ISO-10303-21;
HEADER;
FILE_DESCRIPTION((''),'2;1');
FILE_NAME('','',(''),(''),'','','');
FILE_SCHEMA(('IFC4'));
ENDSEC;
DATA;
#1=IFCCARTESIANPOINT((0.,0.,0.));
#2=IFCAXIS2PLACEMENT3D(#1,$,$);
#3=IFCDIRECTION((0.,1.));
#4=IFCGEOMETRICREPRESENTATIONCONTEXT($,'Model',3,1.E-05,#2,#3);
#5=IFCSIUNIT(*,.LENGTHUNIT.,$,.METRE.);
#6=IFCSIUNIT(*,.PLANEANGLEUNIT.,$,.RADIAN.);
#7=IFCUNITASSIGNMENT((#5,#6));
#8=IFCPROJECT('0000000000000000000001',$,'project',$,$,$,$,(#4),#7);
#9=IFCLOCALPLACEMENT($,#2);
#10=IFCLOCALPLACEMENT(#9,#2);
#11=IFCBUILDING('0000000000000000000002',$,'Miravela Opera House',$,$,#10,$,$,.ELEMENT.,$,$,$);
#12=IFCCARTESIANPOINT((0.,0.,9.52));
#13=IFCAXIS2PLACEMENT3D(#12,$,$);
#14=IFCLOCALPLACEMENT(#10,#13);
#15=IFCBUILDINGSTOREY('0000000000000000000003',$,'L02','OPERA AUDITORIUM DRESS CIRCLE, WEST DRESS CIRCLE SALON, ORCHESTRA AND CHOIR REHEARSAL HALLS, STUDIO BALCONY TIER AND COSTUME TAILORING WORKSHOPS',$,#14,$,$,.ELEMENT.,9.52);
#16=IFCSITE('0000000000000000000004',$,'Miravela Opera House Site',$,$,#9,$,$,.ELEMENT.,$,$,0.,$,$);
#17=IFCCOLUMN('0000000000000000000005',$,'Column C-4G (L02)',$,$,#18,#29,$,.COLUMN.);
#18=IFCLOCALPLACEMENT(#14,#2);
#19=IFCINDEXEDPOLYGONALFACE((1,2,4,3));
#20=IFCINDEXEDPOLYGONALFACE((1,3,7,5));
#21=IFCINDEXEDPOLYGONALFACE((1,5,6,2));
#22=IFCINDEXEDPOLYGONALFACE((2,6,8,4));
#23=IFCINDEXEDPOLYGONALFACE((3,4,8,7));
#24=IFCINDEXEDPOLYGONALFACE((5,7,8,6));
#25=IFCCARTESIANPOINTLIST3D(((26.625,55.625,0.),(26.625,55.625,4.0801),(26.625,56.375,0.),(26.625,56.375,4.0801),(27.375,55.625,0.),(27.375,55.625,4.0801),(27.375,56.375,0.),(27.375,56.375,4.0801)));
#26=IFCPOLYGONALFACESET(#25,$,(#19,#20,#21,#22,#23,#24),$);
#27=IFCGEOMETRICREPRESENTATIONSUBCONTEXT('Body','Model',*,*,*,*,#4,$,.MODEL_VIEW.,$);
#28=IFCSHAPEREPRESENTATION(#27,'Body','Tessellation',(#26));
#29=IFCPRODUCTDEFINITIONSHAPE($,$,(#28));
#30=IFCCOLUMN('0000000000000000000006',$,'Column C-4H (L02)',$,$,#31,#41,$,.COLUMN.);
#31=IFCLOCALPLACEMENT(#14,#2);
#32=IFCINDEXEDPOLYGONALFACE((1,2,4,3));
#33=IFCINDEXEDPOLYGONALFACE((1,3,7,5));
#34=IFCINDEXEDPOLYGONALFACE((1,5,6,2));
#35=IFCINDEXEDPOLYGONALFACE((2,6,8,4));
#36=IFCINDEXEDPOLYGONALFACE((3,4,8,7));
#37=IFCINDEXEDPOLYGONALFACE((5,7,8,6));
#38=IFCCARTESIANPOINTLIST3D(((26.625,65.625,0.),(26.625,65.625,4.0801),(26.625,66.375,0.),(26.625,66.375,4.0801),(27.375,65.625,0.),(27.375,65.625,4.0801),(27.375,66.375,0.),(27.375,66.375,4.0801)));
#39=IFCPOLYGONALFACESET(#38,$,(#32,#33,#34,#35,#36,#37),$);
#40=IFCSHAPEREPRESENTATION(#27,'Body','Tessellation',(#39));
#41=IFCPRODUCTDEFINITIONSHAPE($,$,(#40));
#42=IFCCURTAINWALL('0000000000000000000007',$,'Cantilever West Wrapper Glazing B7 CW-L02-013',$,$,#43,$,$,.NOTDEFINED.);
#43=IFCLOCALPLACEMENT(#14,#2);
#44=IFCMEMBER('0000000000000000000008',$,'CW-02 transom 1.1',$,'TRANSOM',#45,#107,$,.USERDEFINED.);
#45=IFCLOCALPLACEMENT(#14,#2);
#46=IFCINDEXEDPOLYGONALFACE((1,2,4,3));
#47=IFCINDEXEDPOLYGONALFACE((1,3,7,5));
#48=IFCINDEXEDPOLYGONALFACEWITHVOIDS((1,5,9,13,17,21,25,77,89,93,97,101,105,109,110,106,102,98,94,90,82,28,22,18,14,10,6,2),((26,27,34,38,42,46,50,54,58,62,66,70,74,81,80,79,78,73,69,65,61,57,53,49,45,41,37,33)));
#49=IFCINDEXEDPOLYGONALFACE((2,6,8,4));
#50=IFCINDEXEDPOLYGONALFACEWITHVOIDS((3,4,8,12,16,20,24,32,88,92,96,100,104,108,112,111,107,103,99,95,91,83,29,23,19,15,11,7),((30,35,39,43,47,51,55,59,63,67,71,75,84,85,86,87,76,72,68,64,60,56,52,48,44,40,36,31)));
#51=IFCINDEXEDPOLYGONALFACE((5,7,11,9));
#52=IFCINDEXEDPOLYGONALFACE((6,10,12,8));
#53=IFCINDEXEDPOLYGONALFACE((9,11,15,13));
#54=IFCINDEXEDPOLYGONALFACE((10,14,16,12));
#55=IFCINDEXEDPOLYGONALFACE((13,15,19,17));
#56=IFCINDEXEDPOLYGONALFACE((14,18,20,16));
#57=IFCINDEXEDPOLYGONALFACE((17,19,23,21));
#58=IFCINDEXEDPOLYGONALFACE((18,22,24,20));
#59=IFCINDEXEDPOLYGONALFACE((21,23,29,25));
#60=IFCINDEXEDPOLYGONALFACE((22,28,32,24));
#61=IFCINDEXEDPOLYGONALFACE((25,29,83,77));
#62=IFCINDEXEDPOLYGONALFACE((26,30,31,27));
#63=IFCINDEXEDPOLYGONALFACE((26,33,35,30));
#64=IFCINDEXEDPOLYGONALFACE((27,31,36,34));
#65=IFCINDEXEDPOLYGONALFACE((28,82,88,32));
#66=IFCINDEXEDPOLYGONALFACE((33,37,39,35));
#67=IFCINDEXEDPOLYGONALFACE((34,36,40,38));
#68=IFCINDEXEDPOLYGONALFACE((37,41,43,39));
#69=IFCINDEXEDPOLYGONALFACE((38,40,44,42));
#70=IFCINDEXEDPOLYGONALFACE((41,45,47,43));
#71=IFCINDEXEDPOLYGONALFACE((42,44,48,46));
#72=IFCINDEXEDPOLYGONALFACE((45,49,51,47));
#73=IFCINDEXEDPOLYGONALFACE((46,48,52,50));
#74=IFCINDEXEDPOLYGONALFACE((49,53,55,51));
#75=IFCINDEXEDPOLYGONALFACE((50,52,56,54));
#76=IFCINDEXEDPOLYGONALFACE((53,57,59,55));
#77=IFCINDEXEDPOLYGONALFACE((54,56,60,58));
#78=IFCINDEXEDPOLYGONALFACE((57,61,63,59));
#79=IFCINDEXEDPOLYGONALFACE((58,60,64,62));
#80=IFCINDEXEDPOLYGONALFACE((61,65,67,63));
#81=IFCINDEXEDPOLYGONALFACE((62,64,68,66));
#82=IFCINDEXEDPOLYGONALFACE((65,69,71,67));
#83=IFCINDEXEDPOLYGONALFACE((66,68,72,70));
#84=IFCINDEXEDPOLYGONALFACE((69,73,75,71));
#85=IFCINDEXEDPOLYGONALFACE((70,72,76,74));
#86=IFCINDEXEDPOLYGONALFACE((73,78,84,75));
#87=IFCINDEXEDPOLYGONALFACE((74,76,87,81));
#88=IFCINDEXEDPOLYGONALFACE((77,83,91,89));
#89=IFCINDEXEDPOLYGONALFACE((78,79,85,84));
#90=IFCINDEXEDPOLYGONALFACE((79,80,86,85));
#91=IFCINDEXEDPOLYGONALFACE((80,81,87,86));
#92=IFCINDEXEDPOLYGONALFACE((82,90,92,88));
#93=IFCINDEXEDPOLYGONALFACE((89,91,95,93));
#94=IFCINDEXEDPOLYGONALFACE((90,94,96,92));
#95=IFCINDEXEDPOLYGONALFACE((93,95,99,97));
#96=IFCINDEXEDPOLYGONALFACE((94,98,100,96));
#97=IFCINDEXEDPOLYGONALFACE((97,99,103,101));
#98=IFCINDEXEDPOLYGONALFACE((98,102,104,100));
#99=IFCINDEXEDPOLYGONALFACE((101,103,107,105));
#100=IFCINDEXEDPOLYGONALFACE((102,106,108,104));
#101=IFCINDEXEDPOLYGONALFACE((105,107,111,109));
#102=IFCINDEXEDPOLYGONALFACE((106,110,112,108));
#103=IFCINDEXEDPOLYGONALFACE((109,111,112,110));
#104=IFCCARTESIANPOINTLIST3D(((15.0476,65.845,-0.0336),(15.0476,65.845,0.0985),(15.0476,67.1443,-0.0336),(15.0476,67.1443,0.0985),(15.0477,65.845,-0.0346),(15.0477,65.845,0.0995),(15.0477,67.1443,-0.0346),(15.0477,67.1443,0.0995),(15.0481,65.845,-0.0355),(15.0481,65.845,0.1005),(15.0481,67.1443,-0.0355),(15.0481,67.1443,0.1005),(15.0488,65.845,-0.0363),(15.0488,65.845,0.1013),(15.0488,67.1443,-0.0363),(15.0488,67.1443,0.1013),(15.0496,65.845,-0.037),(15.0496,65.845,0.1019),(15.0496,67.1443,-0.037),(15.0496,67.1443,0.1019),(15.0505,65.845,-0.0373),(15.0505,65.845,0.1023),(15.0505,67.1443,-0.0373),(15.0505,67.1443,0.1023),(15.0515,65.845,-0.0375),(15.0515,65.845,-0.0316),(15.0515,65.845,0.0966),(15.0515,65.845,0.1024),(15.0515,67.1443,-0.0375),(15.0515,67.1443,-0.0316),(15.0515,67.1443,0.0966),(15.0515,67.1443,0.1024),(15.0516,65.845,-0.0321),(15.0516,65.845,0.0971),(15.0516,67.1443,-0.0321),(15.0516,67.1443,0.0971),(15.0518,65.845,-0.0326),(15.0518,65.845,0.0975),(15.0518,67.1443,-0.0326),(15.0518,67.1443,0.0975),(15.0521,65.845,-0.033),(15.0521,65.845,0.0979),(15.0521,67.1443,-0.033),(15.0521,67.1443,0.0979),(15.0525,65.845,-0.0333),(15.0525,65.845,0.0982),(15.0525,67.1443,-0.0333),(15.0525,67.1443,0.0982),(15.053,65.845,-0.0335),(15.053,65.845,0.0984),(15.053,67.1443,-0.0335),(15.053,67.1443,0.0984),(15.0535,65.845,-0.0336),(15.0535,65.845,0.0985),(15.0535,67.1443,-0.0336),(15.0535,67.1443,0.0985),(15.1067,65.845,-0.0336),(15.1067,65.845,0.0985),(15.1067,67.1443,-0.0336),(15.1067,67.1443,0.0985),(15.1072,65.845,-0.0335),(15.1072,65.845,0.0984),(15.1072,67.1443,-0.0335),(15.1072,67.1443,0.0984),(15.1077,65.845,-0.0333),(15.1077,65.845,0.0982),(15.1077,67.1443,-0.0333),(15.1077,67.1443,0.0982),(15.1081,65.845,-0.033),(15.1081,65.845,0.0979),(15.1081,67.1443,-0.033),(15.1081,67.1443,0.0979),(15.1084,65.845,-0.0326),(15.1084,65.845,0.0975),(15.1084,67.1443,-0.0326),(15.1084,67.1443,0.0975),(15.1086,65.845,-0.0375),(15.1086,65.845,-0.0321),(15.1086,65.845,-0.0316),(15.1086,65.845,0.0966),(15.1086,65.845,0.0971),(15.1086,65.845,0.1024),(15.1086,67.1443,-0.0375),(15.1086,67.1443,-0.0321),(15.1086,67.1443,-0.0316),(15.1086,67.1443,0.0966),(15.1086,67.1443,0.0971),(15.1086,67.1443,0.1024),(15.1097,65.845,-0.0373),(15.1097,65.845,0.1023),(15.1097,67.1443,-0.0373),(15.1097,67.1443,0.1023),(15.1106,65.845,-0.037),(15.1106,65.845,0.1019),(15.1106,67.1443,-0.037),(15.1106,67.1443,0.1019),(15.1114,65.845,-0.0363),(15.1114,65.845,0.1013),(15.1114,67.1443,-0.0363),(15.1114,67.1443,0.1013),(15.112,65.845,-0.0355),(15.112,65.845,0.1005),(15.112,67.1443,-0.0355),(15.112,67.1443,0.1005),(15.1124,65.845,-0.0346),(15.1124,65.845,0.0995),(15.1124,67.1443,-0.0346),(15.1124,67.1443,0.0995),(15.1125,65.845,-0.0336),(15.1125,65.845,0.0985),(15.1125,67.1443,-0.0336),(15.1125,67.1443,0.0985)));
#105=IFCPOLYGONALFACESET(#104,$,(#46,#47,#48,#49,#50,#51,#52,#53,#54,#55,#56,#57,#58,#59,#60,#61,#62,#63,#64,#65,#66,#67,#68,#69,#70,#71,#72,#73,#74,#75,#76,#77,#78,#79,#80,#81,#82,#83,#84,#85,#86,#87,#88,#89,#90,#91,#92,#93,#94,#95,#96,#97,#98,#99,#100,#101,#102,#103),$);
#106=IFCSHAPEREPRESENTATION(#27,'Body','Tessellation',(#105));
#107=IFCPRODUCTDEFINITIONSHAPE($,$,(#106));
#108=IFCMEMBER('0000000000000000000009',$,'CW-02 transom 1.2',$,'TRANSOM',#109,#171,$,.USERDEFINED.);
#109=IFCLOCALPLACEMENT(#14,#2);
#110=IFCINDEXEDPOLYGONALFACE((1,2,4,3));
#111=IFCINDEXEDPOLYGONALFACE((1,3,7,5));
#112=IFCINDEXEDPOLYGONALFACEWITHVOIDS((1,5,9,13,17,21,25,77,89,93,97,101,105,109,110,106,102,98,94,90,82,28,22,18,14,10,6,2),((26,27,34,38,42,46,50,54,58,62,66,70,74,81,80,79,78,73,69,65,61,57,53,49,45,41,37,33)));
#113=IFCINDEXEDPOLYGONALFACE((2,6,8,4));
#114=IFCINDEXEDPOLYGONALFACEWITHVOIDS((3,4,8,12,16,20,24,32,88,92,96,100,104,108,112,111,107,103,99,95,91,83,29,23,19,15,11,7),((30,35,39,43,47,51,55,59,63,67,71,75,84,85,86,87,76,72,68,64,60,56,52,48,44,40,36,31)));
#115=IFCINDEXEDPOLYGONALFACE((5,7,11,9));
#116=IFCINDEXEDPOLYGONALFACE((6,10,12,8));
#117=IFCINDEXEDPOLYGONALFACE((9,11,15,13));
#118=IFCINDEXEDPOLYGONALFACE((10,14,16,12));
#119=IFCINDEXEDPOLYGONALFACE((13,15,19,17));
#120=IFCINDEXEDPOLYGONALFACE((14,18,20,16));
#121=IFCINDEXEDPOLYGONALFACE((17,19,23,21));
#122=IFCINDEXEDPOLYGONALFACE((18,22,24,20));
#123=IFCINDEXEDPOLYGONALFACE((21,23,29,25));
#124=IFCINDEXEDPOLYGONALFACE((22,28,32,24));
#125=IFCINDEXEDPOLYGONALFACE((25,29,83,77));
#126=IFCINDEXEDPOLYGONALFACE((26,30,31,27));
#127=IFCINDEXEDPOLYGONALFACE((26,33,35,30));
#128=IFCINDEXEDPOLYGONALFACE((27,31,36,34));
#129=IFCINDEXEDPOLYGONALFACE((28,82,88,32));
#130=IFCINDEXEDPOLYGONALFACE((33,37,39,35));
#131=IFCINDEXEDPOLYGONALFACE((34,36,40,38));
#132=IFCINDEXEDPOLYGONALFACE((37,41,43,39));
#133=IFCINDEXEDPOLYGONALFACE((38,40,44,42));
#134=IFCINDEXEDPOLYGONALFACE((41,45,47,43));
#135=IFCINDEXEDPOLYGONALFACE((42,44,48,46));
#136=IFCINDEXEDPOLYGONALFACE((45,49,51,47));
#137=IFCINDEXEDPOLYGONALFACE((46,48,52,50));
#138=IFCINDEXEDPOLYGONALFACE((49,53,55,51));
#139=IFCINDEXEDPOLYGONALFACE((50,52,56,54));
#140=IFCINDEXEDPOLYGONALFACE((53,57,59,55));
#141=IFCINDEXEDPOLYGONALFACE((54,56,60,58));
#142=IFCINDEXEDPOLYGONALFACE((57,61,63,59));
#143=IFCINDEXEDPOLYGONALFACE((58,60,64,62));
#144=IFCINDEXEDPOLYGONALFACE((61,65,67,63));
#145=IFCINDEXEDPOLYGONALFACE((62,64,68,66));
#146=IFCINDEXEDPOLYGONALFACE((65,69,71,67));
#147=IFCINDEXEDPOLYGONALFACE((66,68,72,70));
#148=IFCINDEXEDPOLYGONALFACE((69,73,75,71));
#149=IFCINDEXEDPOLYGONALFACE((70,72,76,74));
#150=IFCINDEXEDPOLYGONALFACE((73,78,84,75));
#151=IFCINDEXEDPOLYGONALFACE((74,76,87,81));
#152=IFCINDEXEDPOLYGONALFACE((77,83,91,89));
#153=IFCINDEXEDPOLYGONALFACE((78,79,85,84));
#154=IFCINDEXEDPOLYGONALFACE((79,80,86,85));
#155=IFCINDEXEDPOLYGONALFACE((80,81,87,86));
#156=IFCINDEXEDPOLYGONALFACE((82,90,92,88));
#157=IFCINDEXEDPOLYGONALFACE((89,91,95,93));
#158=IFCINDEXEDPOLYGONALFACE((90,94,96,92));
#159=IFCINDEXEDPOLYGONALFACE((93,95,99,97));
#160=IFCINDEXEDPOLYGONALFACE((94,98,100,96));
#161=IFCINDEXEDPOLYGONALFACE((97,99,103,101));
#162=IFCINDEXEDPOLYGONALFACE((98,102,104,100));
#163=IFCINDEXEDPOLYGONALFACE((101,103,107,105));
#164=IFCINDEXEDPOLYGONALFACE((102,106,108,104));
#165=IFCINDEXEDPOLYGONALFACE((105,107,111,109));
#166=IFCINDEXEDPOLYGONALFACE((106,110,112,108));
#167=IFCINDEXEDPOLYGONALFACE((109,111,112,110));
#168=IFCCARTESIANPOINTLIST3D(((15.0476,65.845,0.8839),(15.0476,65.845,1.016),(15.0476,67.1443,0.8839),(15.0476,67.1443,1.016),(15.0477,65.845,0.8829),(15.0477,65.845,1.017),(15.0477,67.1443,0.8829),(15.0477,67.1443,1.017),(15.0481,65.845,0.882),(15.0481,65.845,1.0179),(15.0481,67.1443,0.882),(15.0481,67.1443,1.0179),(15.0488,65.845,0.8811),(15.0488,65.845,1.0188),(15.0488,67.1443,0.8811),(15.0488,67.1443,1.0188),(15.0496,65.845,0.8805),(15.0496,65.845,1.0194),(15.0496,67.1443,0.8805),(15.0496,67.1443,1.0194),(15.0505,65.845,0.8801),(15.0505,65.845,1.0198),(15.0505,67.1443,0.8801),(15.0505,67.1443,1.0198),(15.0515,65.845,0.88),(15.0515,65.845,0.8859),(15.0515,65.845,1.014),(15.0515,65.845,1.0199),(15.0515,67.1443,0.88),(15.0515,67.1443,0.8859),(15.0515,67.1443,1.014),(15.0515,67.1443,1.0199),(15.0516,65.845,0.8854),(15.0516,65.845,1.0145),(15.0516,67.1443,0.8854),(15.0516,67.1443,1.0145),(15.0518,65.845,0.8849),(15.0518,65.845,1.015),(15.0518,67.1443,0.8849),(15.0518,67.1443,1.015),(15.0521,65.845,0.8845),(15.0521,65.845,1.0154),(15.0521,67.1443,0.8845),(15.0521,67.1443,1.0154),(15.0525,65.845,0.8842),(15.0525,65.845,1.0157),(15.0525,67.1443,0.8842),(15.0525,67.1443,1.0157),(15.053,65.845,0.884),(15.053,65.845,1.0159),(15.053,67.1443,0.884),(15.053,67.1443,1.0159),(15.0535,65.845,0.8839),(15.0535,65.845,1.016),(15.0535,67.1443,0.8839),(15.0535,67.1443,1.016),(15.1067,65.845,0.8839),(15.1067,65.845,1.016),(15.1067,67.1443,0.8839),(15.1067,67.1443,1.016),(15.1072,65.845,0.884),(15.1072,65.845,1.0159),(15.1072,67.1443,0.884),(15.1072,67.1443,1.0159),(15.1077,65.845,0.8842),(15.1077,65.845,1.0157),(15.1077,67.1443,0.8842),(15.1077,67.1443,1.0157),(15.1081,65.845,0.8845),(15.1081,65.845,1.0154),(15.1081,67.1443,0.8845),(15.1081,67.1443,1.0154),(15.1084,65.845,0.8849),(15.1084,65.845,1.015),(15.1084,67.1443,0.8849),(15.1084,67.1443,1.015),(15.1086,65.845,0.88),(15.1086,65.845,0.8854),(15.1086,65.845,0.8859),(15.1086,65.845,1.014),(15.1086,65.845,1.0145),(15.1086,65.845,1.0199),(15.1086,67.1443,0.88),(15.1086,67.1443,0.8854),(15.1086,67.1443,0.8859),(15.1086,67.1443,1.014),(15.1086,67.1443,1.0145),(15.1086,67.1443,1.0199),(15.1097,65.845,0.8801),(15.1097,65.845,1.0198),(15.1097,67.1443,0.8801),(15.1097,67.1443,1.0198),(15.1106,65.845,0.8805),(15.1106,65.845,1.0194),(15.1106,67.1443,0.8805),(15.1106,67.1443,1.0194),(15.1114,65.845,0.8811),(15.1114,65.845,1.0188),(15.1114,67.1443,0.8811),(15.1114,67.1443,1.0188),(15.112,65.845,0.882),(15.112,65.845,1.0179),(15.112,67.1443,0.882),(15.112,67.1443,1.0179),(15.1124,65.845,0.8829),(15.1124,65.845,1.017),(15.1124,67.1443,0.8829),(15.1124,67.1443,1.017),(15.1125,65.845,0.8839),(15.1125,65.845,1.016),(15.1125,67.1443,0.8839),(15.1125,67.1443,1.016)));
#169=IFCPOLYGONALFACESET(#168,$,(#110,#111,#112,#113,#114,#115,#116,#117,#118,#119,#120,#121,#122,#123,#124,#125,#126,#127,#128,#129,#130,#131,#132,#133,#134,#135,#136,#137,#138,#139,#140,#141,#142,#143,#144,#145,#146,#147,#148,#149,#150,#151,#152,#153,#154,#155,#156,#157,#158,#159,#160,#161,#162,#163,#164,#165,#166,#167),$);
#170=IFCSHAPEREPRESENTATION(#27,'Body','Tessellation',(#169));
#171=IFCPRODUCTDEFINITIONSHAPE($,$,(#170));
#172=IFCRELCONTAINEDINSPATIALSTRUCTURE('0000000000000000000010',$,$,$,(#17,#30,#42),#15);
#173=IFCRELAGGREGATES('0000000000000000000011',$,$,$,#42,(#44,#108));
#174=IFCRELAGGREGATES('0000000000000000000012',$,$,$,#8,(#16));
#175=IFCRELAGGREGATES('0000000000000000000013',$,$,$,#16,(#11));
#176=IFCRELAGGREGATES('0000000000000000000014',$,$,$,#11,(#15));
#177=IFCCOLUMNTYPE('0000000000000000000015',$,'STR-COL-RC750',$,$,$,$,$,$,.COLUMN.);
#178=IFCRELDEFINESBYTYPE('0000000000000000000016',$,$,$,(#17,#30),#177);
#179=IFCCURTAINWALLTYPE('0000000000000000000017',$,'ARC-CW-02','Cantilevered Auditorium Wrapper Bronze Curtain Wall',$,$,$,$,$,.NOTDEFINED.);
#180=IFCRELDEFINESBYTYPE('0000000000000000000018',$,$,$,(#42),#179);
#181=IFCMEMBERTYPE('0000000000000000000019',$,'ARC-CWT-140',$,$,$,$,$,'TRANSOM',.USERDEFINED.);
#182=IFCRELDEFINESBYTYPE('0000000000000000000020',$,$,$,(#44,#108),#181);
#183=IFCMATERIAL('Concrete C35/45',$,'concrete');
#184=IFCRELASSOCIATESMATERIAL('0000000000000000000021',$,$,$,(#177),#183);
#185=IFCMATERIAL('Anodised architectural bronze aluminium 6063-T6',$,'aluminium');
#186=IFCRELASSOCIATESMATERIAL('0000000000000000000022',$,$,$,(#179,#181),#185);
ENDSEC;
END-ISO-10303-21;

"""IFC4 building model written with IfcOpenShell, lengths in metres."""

from ifc_helpers import new_model, si_unit, direction, frame, origin, origin_2d, place, context, subcontext, project, spatial, rectangle, hollow_rectangle, extrude, material, material_profile, profile_set, type_object, element, aggregate, save


model = new_model("IFC4")

# Units and contexts
model_context = context("Model", 3, precision=1e-05, world=origin(), true_north=direction((0.0, 1.0)))
body_context = subcontext(model_context, "Body", "Model", "MODEL_VIEW")
ifc_project = project(units=[si_unit("LENGTHUNIT", "METRE"), si_unit("PLANEANGLEUNIT", "RADIAN")], contexts=[model_context])

# Site, building, storey
site_placement = place(None, origin())
site = spatial("IfcSite", under=ifc_project, at=site_placement, Name="Miravela Opera House Site", CompositionType="ELEMENT", RefElevation=0.0)
building_placement = place(site_placement, origin())
building = spatial("IfcBuilding", under=site, at=building_placement, Name="Miravela Opera House", CompositionType="ELEMENT")
storey_placement = place(building_placement, frame((0.0, 0.0, 9.52)))
storey = spatial("IfcBuildingStorey", under=building, at=storey_placement, Name="L02", Description="OPERA AUDITORIUM DRESS CIRCLE, WEST DRESS CIRCLE SALON, ORCHESTRA AND CHOIR REHEARSAL HALLS, STUDIO BALCONY TIER AND COSTUME TAILORING WORKSHOPS", CompositionType="ELEMENT", Elevation=9.52)

# Columns
ifc_material_1 = material(Name="Concrete C35/45", Category="concrete")
ifc_material_profile_1 = material_profile(ifc_material_1, rectangle(XDim=0.75, YDim=0.75, at=origin_2d()), Name="RC-COL-750X750")
ifc_profile_set_1 = profile_set([ifc_material_profile_1])
column_type = type_object("IfcColumnType", Name="STR-COL-RC750", PredefinedType="COLUMN", material=ifc_profile_set_1)
for number, where, z_axis, x_axis, name in (
    (1, (27.0, 56.0, 0.0), (0.0, 0.0, 1.0), (1.0, 0.0, 0.0), "Column C-4G (L02)"),
    (2, (27.0, 66.0, 0.0), (0.0, 0.0, 1.0), (1.0, 0.0, 0.0), "Column C-4H (L02)"),
):
    element("IfcColumn", number, at=place(storey_placement, frame(where, z_axis=z_axis, x_axis=x_axis)), inside=storey, type_object=column_type, Name=name, PredefinedType="COLUMN", context=body_context, shape_type="SweptSolid", body=[
        extrude(rectangle(XDim=0.75, YDim=0.75, at=origin_2d()), origin(), (0.0, 0.0, 1.0), 4.0801),
    ])

# Curtain wall, members
ifc_material_2 = material(Name="Anodised architectural bronze aluminium 6063-T6", Category="aluminium")
curtain_wall_type = type_object("IfcCurtainWallType", Name="ARC-CW-02", Description="Cantilevered Auditorium Wrapper Bronze Curtain Wall", PredefinedType="NOTDEFINED", material=ifc_material_2)
curtain_wall_placement = place(storey_placement, origin())
curtain_wall = element("IfcCurtainWall", 3, at=curtain_wall_placement, inside=storey, type_object=curtain_wall_type, Name="Cantilever West Wrapper Glazing B7 CW-L02-013", PredefinedType="NOTDEFINED")
ifc_material_profile_2 = material_profile(ifc_material_2, hollow_rectangle(XDim=0.0649, YDim=0.1399, WallThickness=0.0039, InnerFilletRadius=0.002, OuterFilletRadius=0.0039, at=origin_2d()), Name="CWT-65X140")
ifc_profile_set_2 = profile_set([ifc_material_profile_2])
member_type_1 = type_object("IfcMemberType", Name="ARC-CWT-140", ElementType="TRANSOM", PredefinedType="USERDEFINED", material=ifc_profile_set_2)
member_1_placement = place(storey_placement, frame((15.0801, 65.845, 0.0325), z_axis=(0.0, 1.0, 0.0), x_axis=(-1.0, 0.0, 0.0)))
member_1 = element("IfcMember", 4, at=member_1_placement, type_object=member_type_1, Name="CW-02 transom 1.1", ObjectType="TRANSOM", PredefinedType="USERDEFINED", context=body_context, shape_type="SweptSolid", body=[
    extrude(hollow_rectangle(XDim=0.0649, YDim=0.1399, WallThickness=0.0039, InnerFilletRadius=0.002, OuterFilletRadius=0.0039, at=origin_2d()), origin(), (0.0, 0.0, 1.0), 1.2993),
])
member_2_placement = place(storey_placement, frame((15.0801, 65.845, 0.95), z_axis=(0.0, 1.0, 0.0), x_axis=(-1.0, 0.0, 0.0)))
member_2 = element("IfcMember", 5, at=member_2_placement, type_object=member_type_1, Name="CW-02 transom 1.2", ObjectType="TRANSOM", PredefinedType="USERDEFINED", context=body_context, shape_type="SweptSolid", body=[
    extrude(hollow_rectangle(XDim=0.0649, YDim=0.1399, WallThickness=0.0039, InnerFilletRadius=0.002, OuterFilletRadius=0.0039, at=origin_2d()), origin(), (0.0, 0.0, 1.0), 1.2993),
])
aggregate(curtain_wall, [member_1, member_2])

save(model, "model.ifc")
